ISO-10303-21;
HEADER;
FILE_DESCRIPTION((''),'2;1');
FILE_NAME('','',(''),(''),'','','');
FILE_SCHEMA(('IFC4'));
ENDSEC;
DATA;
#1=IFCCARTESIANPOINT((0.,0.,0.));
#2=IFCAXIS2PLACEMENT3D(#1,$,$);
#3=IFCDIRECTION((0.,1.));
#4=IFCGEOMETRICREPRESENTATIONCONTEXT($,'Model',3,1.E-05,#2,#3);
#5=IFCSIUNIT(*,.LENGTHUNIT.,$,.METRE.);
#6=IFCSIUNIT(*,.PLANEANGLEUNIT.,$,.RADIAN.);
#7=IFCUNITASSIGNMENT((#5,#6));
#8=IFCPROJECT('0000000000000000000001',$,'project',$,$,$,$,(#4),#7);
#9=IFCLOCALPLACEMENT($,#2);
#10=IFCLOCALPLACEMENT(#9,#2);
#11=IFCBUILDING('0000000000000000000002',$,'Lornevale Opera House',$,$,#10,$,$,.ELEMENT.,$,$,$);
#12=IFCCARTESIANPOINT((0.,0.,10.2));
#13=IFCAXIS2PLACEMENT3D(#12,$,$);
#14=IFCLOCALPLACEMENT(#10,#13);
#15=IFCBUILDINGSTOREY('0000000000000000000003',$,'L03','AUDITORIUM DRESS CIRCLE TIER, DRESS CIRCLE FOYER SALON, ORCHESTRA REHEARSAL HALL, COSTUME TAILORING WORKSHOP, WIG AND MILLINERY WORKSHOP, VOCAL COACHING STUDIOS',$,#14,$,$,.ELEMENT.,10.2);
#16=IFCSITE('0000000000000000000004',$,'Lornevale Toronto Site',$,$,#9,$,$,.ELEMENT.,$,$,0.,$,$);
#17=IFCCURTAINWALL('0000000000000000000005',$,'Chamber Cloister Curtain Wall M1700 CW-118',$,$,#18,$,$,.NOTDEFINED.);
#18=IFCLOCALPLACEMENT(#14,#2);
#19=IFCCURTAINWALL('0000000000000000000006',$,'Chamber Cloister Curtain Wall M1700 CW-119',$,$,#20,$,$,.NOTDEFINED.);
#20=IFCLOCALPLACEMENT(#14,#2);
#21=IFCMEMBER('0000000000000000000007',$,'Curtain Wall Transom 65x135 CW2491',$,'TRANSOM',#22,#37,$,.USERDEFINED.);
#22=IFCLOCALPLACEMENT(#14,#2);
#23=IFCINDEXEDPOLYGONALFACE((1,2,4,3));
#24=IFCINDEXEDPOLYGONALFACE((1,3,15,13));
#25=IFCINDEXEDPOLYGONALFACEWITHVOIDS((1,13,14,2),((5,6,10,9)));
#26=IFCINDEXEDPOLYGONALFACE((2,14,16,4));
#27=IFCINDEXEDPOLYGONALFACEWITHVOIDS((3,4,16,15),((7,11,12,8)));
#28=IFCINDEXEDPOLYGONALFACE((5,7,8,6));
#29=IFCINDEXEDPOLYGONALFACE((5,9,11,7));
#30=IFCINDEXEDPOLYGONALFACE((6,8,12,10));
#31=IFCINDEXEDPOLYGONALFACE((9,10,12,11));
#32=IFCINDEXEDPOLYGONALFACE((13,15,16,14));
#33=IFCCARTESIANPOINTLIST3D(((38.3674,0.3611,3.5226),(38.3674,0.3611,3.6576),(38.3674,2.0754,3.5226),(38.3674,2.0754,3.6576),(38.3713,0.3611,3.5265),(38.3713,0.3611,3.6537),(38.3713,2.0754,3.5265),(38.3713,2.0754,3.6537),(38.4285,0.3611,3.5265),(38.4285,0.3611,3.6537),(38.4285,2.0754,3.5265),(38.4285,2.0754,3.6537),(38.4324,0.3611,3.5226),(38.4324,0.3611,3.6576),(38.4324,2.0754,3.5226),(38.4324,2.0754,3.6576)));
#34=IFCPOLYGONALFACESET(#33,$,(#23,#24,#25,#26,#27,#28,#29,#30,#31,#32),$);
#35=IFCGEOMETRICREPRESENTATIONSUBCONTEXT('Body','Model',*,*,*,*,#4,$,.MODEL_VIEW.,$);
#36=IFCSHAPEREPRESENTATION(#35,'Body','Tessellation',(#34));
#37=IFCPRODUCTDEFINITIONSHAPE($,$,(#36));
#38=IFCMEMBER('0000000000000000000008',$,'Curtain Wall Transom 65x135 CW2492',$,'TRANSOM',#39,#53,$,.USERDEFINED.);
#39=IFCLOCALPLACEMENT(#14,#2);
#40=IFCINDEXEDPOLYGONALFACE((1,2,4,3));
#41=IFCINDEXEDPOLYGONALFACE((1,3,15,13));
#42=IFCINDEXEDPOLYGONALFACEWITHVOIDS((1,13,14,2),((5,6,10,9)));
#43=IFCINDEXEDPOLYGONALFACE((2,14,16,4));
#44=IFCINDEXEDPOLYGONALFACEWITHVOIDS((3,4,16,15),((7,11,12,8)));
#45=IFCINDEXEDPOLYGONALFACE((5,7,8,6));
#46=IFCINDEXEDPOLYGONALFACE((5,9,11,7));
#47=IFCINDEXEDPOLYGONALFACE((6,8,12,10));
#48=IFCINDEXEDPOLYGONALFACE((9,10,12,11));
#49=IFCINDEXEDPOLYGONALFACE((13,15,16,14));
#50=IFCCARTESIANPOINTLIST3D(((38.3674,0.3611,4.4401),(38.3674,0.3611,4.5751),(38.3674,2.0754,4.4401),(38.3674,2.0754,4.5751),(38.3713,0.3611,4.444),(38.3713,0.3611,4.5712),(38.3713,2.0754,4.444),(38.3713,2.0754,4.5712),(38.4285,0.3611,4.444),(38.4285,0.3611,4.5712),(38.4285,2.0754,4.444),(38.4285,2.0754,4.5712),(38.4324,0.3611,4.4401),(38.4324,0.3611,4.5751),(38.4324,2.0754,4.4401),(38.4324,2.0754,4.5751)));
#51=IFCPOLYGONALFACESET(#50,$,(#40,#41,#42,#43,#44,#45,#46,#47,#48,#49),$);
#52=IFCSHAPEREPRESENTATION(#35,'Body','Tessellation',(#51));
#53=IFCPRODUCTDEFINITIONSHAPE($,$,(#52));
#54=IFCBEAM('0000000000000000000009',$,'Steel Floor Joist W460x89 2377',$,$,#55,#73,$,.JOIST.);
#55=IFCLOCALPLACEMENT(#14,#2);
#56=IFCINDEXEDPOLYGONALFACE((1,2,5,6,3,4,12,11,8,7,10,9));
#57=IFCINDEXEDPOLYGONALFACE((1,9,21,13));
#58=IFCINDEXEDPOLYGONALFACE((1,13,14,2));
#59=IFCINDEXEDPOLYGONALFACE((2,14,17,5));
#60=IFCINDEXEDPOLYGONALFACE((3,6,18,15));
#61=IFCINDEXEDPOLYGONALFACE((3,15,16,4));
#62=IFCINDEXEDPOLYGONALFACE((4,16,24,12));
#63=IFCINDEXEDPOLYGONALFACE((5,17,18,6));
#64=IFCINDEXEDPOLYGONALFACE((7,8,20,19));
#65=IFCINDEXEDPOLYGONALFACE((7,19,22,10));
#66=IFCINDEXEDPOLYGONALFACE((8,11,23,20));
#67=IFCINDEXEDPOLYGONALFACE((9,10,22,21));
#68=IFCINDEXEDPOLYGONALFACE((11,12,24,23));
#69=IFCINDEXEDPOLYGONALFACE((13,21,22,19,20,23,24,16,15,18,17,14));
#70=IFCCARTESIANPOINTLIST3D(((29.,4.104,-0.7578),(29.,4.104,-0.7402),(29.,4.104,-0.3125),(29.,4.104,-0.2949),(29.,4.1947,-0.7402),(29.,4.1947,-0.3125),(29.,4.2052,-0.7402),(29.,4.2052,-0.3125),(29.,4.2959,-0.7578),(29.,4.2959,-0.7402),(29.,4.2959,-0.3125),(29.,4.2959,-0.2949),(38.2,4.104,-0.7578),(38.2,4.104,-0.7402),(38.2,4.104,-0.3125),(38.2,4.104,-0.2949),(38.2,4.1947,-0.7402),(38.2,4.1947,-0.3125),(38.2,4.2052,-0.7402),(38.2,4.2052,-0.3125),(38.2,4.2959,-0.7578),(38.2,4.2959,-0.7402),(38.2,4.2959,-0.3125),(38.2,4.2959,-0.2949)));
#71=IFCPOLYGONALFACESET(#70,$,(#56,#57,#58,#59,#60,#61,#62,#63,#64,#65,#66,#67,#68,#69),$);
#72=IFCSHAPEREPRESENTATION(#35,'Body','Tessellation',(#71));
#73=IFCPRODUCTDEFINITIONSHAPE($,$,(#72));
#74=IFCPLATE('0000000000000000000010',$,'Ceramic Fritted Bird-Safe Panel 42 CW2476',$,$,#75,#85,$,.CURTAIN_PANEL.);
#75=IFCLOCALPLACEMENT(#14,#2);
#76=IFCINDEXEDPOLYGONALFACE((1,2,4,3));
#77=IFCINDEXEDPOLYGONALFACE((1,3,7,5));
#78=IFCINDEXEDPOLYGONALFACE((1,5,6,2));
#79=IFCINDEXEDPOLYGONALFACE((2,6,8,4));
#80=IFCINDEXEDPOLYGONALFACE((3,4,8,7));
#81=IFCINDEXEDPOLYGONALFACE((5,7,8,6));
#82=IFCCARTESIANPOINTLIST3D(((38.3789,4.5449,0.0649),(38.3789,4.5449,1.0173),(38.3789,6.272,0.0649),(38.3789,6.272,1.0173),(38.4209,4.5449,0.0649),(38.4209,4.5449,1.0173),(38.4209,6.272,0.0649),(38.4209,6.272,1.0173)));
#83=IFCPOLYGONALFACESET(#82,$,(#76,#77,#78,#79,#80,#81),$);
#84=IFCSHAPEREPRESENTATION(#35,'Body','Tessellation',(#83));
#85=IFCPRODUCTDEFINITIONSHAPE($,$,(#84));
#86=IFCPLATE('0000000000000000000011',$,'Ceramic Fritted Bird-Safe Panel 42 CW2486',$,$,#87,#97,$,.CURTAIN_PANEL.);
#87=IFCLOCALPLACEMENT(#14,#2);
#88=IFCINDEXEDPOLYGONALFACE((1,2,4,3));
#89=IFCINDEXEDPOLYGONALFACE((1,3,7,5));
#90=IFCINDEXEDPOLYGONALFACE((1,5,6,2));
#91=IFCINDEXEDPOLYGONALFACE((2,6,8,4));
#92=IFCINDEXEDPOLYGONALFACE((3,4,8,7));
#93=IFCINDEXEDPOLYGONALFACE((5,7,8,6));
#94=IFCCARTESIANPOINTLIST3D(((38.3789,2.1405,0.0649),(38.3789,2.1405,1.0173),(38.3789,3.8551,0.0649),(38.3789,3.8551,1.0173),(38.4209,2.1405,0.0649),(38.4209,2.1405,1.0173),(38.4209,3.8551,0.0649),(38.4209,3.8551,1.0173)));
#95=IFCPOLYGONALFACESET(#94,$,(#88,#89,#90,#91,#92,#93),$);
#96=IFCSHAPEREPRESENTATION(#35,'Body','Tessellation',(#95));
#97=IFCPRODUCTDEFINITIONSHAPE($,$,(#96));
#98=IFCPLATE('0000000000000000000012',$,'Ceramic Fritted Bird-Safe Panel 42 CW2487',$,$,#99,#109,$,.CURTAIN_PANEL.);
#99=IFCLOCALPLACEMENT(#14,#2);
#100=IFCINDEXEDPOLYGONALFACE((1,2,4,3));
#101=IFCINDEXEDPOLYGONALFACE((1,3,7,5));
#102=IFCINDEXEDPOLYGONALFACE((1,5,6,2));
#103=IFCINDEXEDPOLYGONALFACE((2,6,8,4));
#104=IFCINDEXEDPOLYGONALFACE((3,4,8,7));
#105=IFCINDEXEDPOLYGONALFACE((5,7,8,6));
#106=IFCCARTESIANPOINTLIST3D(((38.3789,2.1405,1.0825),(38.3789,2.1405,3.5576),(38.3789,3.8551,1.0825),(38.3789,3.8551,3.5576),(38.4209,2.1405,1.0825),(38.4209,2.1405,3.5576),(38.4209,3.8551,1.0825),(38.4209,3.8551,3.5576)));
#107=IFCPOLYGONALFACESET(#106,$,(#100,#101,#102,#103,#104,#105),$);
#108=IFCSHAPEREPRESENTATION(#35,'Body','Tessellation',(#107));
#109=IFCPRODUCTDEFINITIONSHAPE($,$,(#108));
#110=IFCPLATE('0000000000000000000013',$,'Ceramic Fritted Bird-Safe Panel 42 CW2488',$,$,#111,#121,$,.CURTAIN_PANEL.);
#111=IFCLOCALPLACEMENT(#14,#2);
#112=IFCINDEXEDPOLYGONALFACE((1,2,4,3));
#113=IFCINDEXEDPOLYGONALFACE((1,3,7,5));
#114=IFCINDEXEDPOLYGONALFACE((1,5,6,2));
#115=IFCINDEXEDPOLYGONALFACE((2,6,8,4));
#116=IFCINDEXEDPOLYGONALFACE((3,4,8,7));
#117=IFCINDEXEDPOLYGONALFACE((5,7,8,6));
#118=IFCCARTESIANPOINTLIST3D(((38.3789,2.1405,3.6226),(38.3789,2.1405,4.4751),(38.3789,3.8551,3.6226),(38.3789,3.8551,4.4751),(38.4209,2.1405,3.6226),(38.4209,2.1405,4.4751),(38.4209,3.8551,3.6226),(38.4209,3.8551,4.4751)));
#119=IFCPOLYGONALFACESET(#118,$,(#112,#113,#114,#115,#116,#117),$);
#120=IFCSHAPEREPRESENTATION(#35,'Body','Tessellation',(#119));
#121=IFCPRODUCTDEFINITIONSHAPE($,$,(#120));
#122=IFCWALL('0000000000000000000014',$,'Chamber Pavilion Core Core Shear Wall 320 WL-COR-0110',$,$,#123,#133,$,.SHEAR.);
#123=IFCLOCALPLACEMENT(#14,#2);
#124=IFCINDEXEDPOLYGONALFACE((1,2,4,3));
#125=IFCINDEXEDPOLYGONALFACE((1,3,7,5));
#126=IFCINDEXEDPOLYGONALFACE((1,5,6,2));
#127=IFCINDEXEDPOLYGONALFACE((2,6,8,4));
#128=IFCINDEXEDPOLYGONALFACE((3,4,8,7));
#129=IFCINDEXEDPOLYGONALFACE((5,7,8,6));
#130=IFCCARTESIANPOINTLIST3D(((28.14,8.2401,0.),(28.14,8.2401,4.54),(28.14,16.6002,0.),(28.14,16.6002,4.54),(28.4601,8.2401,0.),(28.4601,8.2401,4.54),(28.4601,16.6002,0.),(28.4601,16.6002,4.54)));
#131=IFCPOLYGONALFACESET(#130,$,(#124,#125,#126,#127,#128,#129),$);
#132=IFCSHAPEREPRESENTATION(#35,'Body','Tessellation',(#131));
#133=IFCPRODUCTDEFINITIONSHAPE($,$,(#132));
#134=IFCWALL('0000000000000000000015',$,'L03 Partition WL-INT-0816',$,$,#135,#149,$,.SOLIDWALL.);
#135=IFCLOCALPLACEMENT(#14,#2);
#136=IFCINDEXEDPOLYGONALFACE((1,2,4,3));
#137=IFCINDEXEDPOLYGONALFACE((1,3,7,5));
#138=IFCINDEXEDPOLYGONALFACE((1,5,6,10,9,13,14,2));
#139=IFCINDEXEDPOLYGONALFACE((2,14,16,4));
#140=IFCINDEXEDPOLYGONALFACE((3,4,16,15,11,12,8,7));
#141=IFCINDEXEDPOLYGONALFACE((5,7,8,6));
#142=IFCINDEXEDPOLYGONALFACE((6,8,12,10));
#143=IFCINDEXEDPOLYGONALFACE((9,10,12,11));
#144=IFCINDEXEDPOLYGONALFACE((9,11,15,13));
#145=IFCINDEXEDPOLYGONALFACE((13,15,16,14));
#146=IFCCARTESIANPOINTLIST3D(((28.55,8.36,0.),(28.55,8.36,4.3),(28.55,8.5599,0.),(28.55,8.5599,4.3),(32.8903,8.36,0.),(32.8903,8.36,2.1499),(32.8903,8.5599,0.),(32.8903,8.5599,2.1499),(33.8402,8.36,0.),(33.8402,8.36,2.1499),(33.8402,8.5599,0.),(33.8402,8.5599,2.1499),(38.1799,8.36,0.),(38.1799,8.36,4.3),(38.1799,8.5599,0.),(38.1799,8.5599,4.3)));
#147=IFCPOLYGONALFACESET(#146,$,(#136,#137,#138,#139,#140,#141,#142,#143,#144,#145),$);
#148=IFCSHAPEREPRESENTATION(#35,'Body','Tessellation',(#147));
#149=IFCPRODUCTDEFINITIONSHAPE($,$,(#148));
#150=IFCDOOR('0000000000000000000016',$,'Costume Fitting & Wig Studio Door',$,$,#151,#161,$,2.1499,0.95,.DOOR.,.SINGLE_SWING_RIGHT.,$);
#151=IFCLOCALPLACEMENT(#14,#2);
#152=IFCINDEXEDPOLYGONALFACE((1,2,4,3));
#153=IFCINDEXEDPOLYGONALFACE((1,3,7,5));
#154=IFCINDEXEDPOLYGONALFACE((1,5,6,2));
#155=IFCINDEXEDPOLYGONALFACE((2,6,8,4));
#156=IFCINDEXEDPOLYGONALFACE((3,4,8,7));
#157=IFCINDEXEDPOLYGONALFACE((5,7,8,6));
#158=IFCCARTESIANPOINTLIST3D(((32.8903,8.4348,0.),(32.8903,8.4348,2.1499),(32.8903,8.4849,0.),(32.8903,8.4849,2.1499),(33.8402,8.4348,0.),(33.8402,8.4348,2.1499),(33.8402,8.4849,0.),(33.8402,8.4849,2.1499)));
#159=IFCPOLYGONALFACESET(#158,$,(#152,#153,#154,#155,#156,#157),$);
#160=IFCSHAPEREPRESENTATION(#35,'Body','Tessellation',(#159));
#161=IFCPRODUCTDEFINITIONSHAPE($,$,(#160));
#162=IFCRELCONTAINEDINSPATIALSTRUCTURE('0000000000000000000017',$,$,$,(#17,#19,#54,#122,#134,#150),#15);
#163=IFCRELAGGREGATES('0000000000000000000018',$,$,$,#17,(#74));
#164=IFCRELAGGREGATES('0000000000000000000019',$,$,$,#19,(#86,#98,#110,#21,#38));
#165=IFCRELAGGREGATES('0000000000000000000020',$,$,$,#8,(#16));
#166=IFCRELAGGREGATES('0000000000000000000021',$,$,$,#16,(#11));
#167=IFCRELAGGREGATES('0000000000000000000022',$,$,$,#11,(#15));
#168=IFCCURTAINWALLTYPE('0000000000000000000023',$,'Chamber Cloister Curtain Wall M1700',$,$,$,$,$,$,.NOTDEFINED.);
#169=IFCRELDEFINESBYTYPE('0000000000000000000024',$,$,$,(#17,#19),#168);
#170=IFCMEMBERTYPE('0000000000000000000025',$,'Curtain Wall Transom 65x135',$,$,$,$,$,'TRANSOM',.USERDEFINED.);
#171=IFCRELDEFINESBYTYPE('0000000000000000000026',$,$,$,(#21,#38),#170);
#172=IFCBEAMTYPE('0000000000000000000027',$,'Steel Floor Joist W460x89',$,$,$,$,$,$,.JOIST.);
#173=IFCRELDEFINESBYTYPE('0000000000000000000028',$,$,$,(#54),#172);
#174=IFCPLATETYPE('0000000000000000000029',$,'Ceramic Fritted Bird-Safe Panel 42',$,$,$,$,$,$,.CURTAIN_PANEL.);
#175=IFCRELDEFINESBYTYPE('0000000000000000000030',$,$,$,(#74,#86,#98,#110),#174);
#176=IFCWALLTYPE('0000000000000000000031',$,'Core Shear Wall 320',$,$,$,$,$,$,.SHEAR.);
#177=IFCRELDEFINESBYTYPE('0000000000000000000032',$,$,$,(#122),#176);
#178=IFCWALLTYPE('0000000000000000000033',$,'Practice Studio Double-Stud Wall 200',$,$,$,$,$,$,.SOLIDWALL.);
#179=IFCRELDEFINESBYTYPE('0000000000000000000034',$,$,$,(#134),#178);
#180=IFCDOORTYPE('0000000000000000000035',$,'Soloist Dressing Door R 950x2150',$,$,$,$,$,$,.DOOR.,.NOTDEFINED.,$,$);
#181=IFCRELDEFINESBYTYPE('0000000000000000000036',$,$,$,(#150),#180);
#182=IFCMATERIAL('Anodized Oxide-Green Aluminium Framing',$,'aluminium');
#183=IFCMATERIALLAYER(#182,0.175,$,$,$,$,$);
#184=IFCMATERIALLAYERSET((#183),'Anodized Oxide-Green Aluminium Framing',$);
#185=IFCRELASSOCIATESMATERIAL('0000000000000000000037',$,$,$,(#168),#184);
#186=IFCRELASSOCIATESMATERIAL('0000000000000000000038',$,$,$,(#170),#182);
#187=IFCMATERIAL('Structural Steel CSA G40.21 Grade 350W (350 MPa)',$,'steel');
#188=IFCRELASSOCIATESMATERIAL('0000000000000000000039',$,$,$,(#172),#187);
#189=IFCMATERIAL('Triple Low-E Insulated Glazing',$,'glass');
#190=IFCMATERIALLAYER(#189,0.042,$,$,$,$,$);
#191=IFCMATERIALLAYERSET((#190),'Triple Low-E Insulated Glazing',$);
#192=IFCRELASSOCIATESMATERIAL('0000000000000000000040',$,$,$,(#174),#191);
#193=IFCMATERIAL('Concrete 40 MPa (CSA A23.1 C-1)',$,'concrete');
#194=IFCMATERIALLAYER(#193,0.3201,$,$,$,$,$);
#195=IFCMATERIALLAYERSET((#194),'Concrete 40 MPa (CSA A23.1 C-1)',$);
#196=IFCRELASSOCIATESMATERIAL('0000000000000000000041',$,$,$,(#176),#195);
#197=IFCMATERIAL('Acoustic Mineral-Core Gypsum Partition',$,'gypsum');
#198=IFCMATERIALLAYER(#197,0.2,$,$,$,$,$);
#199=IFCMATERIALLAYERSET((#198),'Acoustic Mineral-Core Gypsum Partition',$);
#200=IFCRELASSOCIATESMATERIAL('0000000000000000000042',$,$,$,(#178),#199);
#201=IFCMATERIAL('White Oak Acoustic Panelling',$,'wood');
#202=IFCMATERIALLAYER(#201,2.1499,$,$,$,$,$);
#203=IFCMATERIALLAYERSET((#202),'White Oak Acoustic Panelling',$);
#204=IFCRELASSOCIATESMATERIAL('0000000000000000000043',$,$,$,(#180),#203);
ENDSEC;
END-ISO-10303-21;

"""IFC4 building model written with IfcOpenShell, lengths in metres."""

from ifc_helpers import new_model, si_unit, direction, frame, frame_2d, origin, origin_2d, place, context, subcontext, project, spatial, rectangle, hollow_rectangle, i_section, extrude, material, layer, layer_set, material_profile, profile_set, type_object, element, fill, aggregate, save


model = new_model("IFC4")

# Units and contexts
model_context = context("Model", 3, precision=1e-05, world=origin(), true_north=direction((0.0, 1.0)))
body_context = subcontext(model_context, "Body", "Model", "MODEL_VIEW")
ifc_project = project(units=[si_unit("LENGTHUNIT", "METRE"), si_unit("PLANEANGLEUNIT", "RADIAN")], contexts=[model_context])

# Site, building, storey
site_placement = place(None, origin())
site = spatial("IfcSite", under=ifc_project, at=site_placement, Name="Lornevale Toronto Site", CompositionType="ELEMENT", RefElevation=0.0)
building_placement = place(site_placement, origin())
building = spatial("IfcBuilding", under=site, at=building_placement, Name="Lornevale Opera House", CompositionType="ELEMENT")
storey_placement = place(building_placement, frame((0.0, 0.0, 10.2)))
storey = spatial("IfcBuildingStorey", under=building, at=storey_placement, Name="L03", Description="AUDITORIUM DRESS CIRCLE TIER, DRESS CIRCLE FOYER SALON, ORCHESTRA REHEARSAL HALL, COSTUME TAILORING WORKSHOP, WIG AND MILLINERY WORKSHOP, VOCAL COACHING STUDIOS", CompositionType="ELEMENT", Elevation=10.2)

# Shared definitions
ifc_material_1 = material(Name="Structural Steel CSA G40.21 Grade 350W (350 MPa)", Category="steel")

# Curtain wall
ifc_material_2 = material(Name="Anodized Oxide-Green Aluminium Framing", Category="aluminium")
ifc_layer_1 = layer(ifc_material_2, 0.175)
ifc_layer_set_1 = layer_set([ifc_layer_1], Name="Anodized Oxide-Green Aluminium Framing")
curtain_wall_type = type_object("IfcCurtainWallType", Name="Chamber Cloister Curtain Wall M1700", PredefinedType="NOTDEFINED", material=ifc_layer_set_1)
curtain_wall_1_placement = place(storey_placement, origin())
curtain_wall_1 = element("IfcCurtainWall", 1, at=curtain_wall_1_placement, inside=storey, type_object=curtain_wall_type, Name="Chamber Cloister Curtain Wall M1700 CW-118", PredefinedType="NOTDEFINED")

# Curtain wall, members
curtain_wall_2_placement = place(storey_placement, origin())
curtain_wall_2 = element("IfcCurtainWall", 2, at=curtain_wall_2_placement, inside=storey, type_object=curtain_wall_type, Name="Chamber Cloister Curtain Wall M1700 CW-119", PredefinedType="NOTDEFINED")
ifc_material_profile_1 = material_profile(ifc_material_2, hollow_rectangle(XDim=0.0649, YDim=0.135, WallThickness=0.0039, at=origin_2d()), Name="ALU65x135x4")
ifc_profile_set_1 = profile_set([ifc_material_profile_1], Name="Anodized Oxide-Green Aluminium Framing")
member_type_1 = type_object("IfcMemberType", Name="Curtain Wall Transom 65x135", ElementType="TRANSOM", PredefinedType="USERDEFINED", material=ifc_profile_set_1)
member_1_placement = place(storey_placement, frame((38.3999, 2.0754, 3.5901), z_axis=(0.0, -1.0, 0.0), x_axis=(1.0, 0.0, 0.0)))
member_1 = element("IfcMember", 3, at=member_1_placement, type_object=member_type_1, Name="Curtain Wall Transom 65x135 CW2491", ObjectType="TRANSOM", PredefinedType="USERDEFINED", context=body_context, shape_type="SweptSolid", body=[
    extrude(hollow_rectangle(XDim=0.0649, YDim=0.135, WallThickness=0.0039, at=origin_2d()), origin(), (0.0, 0.0, 1.0), 1.7144),
])
member_2_placement = place(storey_placement, frame((38.3999, 2.0754, 4.5076), z_axis=(0.0, -1.0, 0.0), x_axis=(1.0, 0.0, 0.0)))
member_2 = element("IfcMember", 4, at=member_2_placement, type_object=member_type_1, Name="Curtain Wall Transom 65x135 CW2492", ObjectType="TRANSOM", PredefinedType="USERDEFINED", context=body_context, shape_type="SweptSolid", body=[
    extrude(hollow_rectangle(XDim=0.0649, YDim=0.135, WallThickness=0.0039, at=origin_2d()), origin(), (0.0, 0.0, 1.0), 1.7144),
])

# Beam
ifc_material_profile_2 = material_profile(ifc_material_1, i_section(OverallWidth=0.1919, OverallDepth=0.4629, WebThickness=0.0105, FlangeThickness=0.0176, at=origin_2d()), Name="W460x89")
ifc_profile_set_2 = profile_set([ifc_material_profile_2], Name="Structural Steel CSA G40.21 Grade 350W (350 MPa)")
beam_type_1 = type_object("IfcBeamType", Name="Steel Floor Joist W460x89", PredefinedType="JOIST", material=ifc_profile_set_2)
beam_1_placement = place(storey_placement, frame((29.0, 4.2, -0.5264), z_axis=(1.0, 0.0, 0.0), x_axis=(0.0, 1.0, 0.0)))
element("IfcBeam", 5, at=beam_1_placement, inside=storey, type_object=beam_type_1, Name="Steel Floor Joist W460x89 2377", PredefinedType="JOIST", context=body_context, shape_type="SweptSolid", body=[
    extrude(i_section(OverallWidth=0.1919, OverallDepth=0.4629, WebThickness=0.0105, FlangeThickness=0.0176, at=origin_2d()), origin(), (0.0, 0.0, 1.0), 9.2),
])

# Plates
ifc_material_3 = material(Name="Triple Low-E Insulated Glazing", Category="glass")
ifc_layer_2 = layer(ifc_material_3, 0.042)
ifc_layer_set_2 = layer_set([ifc_layer_2], Name="Triple Low-E Insulated Glazing")
plate_type = type_object("IfcPlateType", Name="Ceramic Fritted Bird-Safe Panel 42", PredefinedType="CURTAIN_PANEL", material=ifc_layer_set_2)
plate_1_placement = place(storey_placement, frame((38.3999, 5.4084, 0.0649), z_axis=(0.0, 0.0, 1.0), x_axis=(0.0, -1.0, 0.0)))
plate_1 = element("IfcPlate", 6, at=plate_1_placement, type_object=plate_type, Name="Ceramic Fritted Bird-Safe Panel 42 CW2476", PredefinedType="CURTAIN_PANEL", context=body_context, shape_type="SweptSolid", body=[
    extrude(rectangle(XDim=1.7271, YDim=0.042, at=origin_2d()), origin(), (0.0, 0.0, 1.0), 0.9524),
])
aggregate(curtain_wall_1, [plate_1])
plate_2_placement = place(storey_placement, frame((38.3999, 2.9978, 0.0649), z_axis=(0.0, 0.0, 1.0), x_axis=(0.0, -1.0, 0.0)))
plate_2 = element("IfcPlate", 7, at=plate_2_placement, type_object=plate_type, Name="Ceramic Fritted Bird-Safe Panel 42 CW2486", PredefinedType="CURTAIN_PANEL", context=body_context, shape_type="SweptSolid", body=[
    extrude(rectangle(XDim=1.7146, YDim=0.042, at=origin_2d()), origin(), (0.0, 0.0, 1.0), 0.9524),
])
plate_3_placement = place(storey_placement, frame((38.3999, 2.9978, 1.0825), z_axis=(0.0, 0.0, 1.0), x_axis=(0.0, -1.0, 0.0)))
plate_3 = element("IfcPlate", 8, at=plate_3_placement, type_object=plate_type, Name="Ceramic Fritted Bird-Safe Panel 42 CW2487", PredefinedType="CURTAIN_PANEL", context=body_context, shape_type="SweptSolid", body=[
    extrude(rectangle(XDim=1.7146, YDim=0.042, at=origin_2d()), origin(), (0.0, 0.0, 1.0), 2.4751),
])
plate_4_placement = place(storey_placement, frame((38.3999, 2.9978, 3.6226), z_axis=(0.0, 0.0, 1.0), x_axis=(0.0, -1.0, 0.0)))
plate_4 = element("IfcPlate", 9, at=plate_4_placement, type_object=plate_type, Name="Ceramic Fritted Bird-Safe Panel 42 CW2488", PredefinedType="CURTAIN_PANEL", context=body_context, shape_type="SweptSolid", body=[
    extrude(rectangle(XDim=1.7146, YDim=0.042, at=origin_2d()), origin(), (0.0, 0.0, 1.0), 0.8525),
])
aggregate(curtain_wall_2, [plate_2, plate_3, plate_4, member_1, member_2])

# Wall
ifc_material_4 = material(Name="Concrete 40 MPa (CSA A23.1 C-1)", Category="concrete")
ifc_layer_3 = layer(ifc_material_4, 0.3201)
ifc_layer_set_3 = layer_set([ifc_layer_3], Name="Concrete 40 MPa (CSA A23.1 C-1)")
wall_type_1 = type_object("IfcWallType", Name="Core Shear Wall 320", PredefinedType="SHEAR", material=ifc_layer_set_3)
wall_1_placement = place(storey_placement, frame((28.3, 8.24, 0.0), z_axis=(0.0, 0.0, 1.0), x_axis=(0.0, 1.0, 0.0)))
element("IfcWall", 10, at=wall_1_placement, inside=storey, type_object=wall_type_1, Name="Chamber Pavilion Core Core Shear Wall 320 WL-COR-0110", PredefinedType="SHEAR", context=body_context, shape_type="SweptSolid", body=[
    extrude(rectangle(XDim=8.3601, YDim=0.3201, at=frame_2d((4.1802, 0.0))), origin(), (0.0, 0.0, 1.0), 4.54),
])

# Wall, opening, door
ifc_material_5 = material(Name="Acoustic Mineral-Core Gypsum Partition", Category="gypsum")
ifc_layer_4 = layer(ifc_material_5, 0.2)
ifc_layer_set_4 = layer_set([ifc_layer_4], Name="Acoustic Mineral-Core Gypsum Partition")
wall_type_2 = type_object("IfcWallType", Name="Practice Studio Double-Stud Wall 200", PredefinedType="SOLIDWALL", material=ifc_layer_set_4)
wall_2_placement = place(storey_placement, frame((28.55, 8.46, 0.0), z_axis=(0.0, 0.0, 1.0), x_axis=(1.0, 0.0, 0.0)))
wall_2 = element("IfcWall", 11, at=wall_2_placement, inside=storey, type_object=wall_type_2, Name="L03 Partition WL-INT-0816", PredefinedType="SOLIDWALL", context=body_context, shape_type="SweptSolid", body=[
    extrude(rectangle(XDim=9.6299, YDim=0.2, at=frame_2d((4.8149, 0.0))), origin(), (0.0, 0.0, 1.0), 4.3),
])
opening_placement = place(wall_2_placement, frame((4.3401, 0.0, 0.0)))
opening = element("IfcOpeningElement", 12, at=opening_placement, cuts=wall_2, PredefinedType="OPENING", context=body_context, shape_type="SweptSolid", body=[
    extrude(rectangle(XDim=0.95, YDim=2.1499, at=frame_2d((0.4751, 1.075))), frame((0.0, 0.1099, 0.0), z_axis=(0.0, -1.0, 0.0), x_axis=(1.0, 0.0, 0.0)), (0.0, 0.0, 1.0), 0.22),
])
ifc_material_6 = material(Name="White Oak Acoustic Panelling", Category="wood")
ifc_layer_5 = layer(ifc_material_6, 2.1499)
ifc_layer_set_5 = layer_set([ifc_layer_5], Name="White Oak Acoustic Panelling")
door_type = type_object("IfcDoorType", Name="Soloist Dressing Door R 950x2150", OperationType="NOTDEFINED", PredefinedType="DOOR", material=ifc_layer_set_5)
door_placement = place(opening_placement, origin())
door = element("IfcDoor", 13, at=door_placement, inside=storey, type_object=door_type, Name="Costume Fitting & Wig Studio Door", OperationType="SINGLE_SWING_RIGHT", OverallHeight=2.1499, OverallWidth=0.95, PredefinedType="DOOR", context=body_context, shape_type="SweptSolid", body=[
    extrude(rectangle(XDim=0.95, YDim=2.1499, at=frame_2d((0.4751, 1.075))), frame((0.0, 0.0249, 0.0), z_axis=(0.0, -1.0, 0.0), x_axis=(1.0, 0.0, 0.0)), (0.0, 0.0, 1.0), 0.05),
])
fill(opening, door)

save(model, "model.ifc")
